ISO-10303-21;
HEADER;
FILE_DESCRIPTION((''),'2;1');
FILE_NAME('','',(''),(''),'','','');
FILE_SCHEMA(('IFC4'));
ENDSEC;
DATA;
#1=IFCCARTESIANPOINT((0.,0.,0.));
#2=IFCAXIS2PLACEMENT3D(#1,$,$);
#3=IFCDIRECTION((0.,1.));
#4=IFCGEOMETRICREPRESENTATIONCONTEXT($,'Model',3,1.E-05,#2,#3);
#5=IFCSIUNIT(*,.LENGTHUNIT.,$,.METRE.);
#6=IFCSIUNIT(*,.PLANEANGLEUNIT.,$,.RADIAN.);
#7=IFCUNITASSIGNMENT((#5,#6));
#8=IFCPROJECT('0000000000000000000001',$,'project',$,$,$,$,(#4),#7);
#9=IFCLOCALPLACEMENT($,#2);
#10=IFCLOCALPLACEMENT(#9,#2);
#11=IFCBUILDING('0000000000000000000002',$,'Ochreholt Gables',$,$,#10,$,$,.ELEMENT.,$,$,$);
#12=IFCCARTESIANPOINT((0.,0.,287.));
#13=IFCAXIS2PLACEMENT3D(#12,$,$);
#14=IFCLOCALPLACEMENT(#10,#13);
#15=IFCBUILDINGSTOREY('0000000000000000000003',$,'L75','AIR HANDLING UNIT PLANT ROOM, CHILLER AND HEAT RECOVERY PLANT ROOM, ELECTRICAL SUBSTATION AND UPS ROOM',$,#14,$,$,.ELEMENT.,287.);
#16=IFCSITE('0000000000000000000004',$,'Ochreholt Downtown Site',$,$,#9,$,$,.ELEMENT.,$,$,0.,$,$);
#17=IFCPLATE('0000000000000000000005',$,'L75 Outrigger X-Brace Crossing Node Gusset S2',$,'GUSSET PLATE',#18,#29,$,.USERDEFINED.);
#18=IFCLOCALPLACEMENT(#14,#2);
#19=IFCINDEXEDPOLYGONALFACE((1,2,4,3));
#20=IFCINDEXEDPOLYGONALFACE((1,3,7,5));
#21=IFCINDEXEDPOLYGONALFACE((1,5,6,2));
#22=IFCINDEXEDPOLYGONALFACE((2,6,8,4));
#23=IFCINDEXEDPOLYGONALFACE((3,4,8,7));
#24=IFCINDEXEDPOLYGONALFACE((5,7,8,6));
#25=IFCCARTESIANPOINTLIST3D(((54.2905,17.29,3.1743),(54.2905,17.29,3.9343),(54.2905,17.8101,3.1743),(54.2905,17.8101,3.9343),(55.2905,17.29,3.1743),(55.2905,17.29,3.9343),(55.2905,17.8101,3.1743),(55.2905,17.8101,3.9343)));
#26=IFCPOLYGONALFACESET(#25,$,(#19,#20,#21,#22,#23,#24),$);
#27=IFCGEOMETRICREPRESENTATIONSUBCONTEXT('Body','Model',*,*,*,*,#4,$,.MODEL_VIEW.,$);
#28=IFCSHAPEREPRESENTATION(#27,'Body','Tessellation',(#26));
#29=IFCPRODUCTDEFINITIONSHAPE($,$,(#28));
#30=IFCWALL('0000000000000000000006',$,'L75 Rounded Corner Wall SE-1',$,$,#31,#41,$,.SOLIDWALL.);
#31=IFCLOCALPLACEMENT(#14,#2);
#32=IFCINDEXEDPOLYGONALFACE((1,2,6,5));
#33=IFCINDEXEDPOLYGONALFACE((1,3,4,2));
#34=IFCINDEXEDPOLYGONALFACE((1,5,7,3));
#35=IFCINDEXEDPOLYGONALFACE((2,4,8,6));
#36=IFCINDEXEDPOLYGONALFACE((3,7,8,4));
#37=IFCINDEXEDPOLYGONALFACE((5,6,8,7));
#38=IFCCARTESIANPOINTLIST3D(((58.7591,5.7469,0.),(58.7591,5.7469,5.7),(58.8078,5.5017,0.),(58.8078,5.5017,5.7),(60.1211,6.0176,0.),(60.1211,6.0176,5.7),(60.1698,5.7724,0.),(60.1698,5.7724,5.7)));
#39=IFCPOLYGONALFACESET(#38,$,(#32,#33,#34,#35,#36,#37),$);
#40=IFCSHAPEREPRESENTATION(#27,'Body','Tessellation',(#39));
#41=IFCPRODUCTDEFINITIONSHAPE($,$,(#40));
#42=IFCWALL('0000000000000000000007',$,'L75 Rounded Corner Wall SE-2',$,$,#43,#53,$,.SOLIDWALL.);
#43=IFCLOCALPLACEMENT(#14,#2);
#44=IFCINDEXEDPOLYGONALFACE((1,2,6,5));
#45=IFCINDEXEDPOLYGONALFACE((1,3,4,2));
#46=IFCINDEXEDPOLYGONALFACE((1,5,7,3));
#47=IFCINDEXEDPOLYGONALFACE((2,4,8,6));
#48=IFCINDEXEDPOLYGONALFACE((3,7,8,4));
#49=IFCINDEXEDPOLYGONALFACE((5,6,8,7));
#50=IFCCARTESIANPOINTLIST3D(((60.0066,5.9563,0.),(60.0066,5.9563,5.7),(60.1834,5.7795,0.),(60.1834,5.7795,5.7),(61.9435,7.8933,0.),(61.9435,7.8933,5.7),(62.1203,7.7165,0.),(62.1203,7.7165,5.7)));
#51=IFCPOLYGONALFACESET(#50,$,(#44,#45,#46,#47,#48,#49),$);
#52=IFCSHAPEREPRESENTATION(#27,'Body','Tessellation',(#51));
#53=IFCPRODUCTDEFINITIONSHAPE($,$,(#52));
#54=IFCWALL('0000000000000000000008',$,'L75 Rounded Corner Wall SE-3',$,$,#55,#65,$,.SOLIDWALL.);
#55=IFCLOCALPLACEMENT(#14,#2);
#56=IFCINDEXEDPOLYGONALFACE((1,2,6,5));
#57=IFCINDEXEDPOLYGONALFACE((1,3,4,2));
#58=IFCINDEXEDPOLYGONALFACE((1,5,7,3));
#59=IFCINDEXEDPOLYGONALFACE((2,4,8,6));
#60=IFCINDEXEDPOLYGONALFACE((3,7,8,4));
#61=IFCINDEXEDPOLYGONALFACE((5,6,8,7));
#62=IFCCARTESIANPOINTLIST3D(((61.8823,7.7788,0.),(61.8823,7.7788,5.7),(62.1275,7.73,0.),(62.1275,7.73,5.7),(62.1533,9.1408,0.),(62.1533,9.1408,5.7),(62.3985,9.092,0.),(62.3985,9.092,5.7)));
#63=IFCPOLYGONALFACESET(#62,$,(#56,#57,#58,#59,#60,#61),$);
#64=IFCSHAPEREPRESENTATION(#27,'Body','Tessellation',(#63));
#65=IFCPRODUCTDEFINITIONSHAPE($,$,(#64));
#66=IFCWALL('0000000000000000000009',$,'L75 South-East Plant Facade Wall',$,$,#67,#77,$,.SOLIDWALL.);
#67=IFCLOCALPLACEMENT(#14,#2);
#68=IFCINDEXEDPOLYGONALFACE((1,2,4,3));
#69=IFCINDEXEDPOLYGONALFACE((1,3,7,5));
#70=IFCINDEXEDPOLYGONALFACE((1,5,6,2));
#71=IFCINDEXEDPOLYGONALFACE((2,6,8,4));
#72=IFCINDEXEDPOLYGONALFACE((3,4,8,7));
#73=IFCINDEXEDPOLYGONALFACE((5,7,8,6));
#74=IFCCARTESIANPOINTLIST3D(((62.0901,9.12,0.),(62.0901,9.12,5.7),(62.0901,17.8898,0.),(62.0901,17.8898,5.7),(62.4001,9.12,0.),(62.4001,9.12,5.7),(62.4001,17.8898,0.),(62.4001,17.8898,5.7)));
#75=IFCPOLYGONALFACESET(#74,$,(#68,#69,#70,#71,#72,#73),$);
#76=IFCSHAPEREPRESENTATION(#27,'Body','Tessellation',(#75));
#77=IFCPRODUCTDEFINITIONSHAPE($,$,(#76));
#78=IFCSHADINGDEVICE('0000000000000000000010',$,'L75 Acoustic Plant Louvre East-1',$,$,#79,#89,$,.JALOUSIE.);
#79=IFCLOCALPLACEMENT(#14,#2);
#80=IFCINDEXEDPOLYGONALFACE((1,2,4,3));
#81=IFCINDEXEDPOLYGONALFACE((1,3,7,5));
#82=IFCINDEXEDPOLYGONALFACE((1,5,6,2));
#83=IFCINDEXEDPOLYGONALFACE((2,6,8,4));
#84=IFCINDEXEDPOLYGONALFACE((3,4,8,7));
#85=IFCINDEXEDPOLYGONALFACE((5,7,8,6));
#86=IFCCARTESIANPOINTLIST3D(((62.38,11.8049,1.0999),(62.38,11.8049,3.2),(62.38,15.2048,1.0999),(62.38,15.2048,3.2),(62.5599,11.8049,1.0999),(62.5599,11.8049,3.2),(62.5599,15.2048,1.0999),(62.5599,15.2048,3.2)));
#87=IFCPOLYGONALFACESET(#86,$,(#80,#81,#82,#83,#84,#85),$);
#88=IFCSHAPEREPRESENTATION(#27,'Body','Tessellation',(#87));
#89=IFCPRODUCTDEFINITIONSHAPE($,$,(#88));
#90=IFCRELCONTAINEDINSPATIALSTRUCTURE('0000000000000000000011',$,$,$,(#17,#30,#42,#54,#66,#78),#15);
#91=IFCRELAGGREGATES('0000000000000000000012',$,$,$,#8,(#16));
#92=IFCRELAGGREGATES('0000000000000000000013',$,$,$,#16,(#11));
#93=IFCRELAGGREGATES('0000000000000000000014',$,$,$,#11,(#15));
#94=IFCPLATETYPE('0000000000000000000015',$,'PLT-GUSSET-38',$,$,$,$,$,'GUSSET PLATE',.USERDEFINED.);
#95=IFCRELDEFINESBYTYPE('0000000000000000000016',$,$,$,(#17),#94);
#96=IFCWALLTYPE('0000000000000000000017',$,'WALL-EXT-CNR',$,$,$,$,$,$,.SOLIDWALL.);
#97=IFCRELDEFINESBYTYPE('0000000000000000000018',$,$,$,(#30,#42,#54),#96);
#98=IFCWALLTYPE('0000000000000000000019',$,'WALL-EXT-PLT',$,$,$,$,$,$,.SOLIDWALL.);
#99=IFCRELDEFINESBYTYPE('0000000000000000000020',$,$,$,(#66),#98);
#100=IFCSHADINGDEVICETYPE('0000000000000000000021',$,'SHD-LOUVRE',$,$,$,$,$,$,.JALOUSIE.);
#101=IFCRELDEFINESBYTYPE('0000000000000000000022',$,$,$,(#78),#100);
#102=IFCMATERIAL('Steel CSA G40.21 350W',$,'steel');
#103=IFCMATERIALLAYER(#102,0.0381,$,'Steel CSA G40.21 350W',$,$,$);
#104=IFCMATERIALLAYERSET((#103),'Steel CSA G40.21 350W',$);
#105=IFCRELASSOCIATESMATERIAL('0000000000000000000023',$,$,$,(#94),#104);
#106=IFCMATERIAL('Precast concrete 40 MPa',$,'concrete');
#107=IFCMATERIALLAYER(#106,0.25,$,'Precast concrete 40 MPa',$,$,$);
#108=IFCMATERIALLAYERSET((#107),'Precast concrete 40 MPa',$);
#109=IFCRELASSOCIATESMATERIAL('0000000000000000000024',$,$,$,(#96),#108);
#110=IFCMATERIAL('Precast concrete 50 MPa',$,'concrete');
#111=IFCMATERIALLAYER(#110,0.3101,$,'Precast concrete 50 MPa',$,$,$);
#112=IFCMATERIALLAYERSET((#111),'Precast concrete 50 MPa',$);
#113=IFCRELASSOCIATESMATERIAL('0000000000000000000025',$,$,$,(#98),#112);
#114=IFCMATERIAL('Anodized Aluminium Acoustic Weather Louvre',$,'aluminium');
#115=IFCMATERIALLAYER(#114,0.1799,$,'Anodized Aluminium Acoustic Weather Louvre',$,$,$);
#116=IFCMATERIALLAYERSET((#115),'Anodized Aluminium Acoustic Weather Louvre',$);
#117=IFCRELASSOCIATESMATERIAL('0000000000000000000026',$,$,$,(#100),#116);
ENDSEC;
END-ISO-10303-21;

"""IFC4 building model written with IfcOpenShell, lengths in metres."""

from ifc_helpers import new_model, si_unit, direction, frame, frame_2d, origin, origin_2d, place, context, subcontext, project, spatial, rectangle, extrude, material, layer, layer_set, type_object, element, save


model = new_model("IFC4")

# Units and contexts
model_context = context("Model", 3, precision=1e-05, world=origin(), true_north=direction((0.0, 1.0)))
body_context = subcontext(model_context, "Body", "Model", "MODEL_VIEW")
ifc_project = project(units=[si_unit("LENGTHUNIT", "METRE"), si_unit("PLANEANGLEUNIT", "RADIAN")], contexts=[model_context])

# Site, building, storey
site_placement = place(None, origin())
site = spatial("IfcSite", under=ifc_project, at=site_placement, Name="Ochreholt Downtown Site", CompositionType="ELEMENT", RefElevation=0.0)
building_placement = place(site_placement, origin())
building = spatial("IfcBuilding", under=site, at=building_placement, Name="Ochreholt Gables", CompositionType="ELEMENT")
storey_placement = place(building_placement, frame((0.0, 0.0, 287.0)))
storey = spatial("IfcBuildingStorey", under=building, at=storey_placement, Name="L75", Description="AIR HANDLING UNIT PLANT ROOM, CHILLER AND HEAT RECOVERY PLANT ROOM, ELECTRICAL SUBSTATION AND UPS ROOM", CompositionType="ELEMENT", Elevation=287.0)

# Shared definitions
ifc_material_1 = material(Name="Steel CSA G40.21 350W", Category="steel")

# Plate
ifc_layer_1 = layer(ifc_material_1, 0.0381, Name="Steel CSA G40.21 350W")
ifc_layer_set_1 = layer_set([ifc_layer_1], Name="Steel CSA G40.21 350W")
plate_type = type_object("IfcPlateType", Name="PLT-GUSSET-38", ElementType="GUSSET PLATE", PredefinedType="USERDEFINED", material=ifc_layer_set_1)
plate_placement = place(storey_placement, frame((54.7905, 17.55, 3.1743), z_axis=(0.0, 0.0, 1.0), x_axis=(1.0, 0.0, 0.0)))
element("IfcPlate", 1, at=plate_placement, inside=storey, type_object=plate_type, Name="L75 Outrigger X-Brace Crossing Node Gusset S2", ObjectType="GUSSET PLATE", PredefinedType="USERDEFINED", context=body_context, shape_type="SweptSolid", body=[
    extrude(rectangle(XDim=1.0, YDim=0.52, at=origin_2d()), origin(), (0.0, 0.0, 1.0), 0.76),
])

# Walls
ifc_material_2 = material(Name="Precast concrete 40 MPa", Category="concrete")
ifc_layer_2 = layer(ifc_material_2, 0.25, Name="Precast concrete 40 MPa")
ifc_layer_set_2 = layer_set([ifc_layer_2], Name="Precast concrete 40 MPa")
wall_type_1 = type_object("IfcWallType", Name="WALL-EXT-CNR", PredefinedType="SOLIDWALL", material=ifc_layer_set_2)
wall_1_placement = place(storey_placement, frame((58.7834, 5.6243, 0.0), z_axis=(0.0, 0.0, 1.0), x_axis=(0.98081, 0.194967, 0.0)))
element("IfcWall", 2, at=wall_1_placement, inside=storey, type_object=wall_type_1, Name="L75 Rounded Corner Wall SE-1", PredefinedType="SOLIDWALL", context=body_context, shape_type="SweptSolid", body=[
    extrude(rectangle(XDim=1.3887, YDim=0.25, at=frame_2d((0.6943, 0.0))), origin(), (0.0, 0.0, 1.0), 5.7),
])
wall_2_placement = place(storey_placement, frame((60.095, 5.8679, 0.0), z_axis=(0.0, 0.0, 1.0), x_axis=(0.707107, 0.707107, 0.0)))
element("IfcWall", 3, at=wall_2_placement, inside=storey, type_object=wall_type_1, Name="L75 Rounded Corner Wall SE-2", PredefinedType="SOLIDWALL", context=body_context, shape_type="SweptSolid", body=[
    extrude(rectangle(XDim=2.7393, YDim=0.25, at=frame_2d((1.3696, 0.0))), origin(), (0.0, 0.0, 1.0), 5.7),
])
wall_3_placement = place(storey_placement, frame((62.0049, 7.7544, 0.0), z_axis=(0.0, 0.0, 1.0), x_axis=(0.195136, 0.980776, 0.0)))
element("IfcWall", 4, at=wall_3_placement, inside=storey, type_object=wall_type_1, Name="L75 Rounded Corner Wall SE-3", PredefinedType="SOLIDWALL", context=body_context, shape_type="SweptSolid", body=[
    extrude(rectangle(XDim=1.3887, YDim=0.25, at=frame_2d((0.6943, 0.0))), origin(), (0.0, 0.0, 1.0), 5.7),
])
ifc_material_3 = material(Name="Precast concrete 50 MPa", Category="concrete")
ifc_layer_3 = layer(ifc_material_3, 0.3101, Name="Precast concrete 50 MPa")
ifc_layer_set_3 = layer_set([ifc_layer_3], Name="Precast concrete 50 MPa")
wall_type_2 = type_object("IfcWallType", Name="WALL-EXT-PLT", PredefinedType="SOLIDWALL", material=ifc_layer_set_3)
wall_4_placement = place(storey_placement, frame((62.2451, 9.1201, 0.0), z_axis=(0.0, 0.0, 1.0), x_axis=(0.0, 1.0, 0.0)))
element("IfcWall", 5, at=wall_4_placement, inside=storey, type_object=wall_type_2, Name="L75 South-East Plant Facade Wall", PredefinedType="SOLIDWALL", context=body_context, shape_type="SweptSolid", body=[
    extrude(rectangle(XDim=8.7698, YDim=0.3101, at=frame_2d((4.3848, 0.0))), origin(), (0.0, 0.0, 1.0), 5.7),
])

# Shading device
ifc_material_4 = material(Name="Anodized Aluminium Acoustic Weather Louvre", Category="aluminium")
ifc_layer_4 = layer(ifc_material_4, 0.1799, Name="Anodized Aluminium Acoustic Weather Louvre")
ifc_layer_set_4 = layer_set([ifc_layer_4], Name="Anodized Aluminium Acoustic Weather Louvre")
shading_device_type = type_object("IfcShadingDeviceType", Name="SHD-LOUVRE", PredefinedType="JALOUSIE", material=ifc_layer_set_4)
shading_device_placement = place(storey_placement, frame((62.47, 13.5049, 1.0999), z_axis=(0.0, 0.0, 1.0), x_axis=(0.0, 1.0, 0.0)))
element("IfcShadingDevice", 6, at=shading_device_placement, inside=storey, type_object=shading_device_type, Name="L75 Acoustic Plant Louvre East-1", PredefinedType="JALOUSIE", context=body_context, shape_type="SweptSolid", body=[
    extrude(rectangle(XDim=3.3999, YDim=0.1799, at=origin_2d()), origin(), (0.0, 0.0, 1.0), 2.1001),
])

save(model, "model.ifc")
